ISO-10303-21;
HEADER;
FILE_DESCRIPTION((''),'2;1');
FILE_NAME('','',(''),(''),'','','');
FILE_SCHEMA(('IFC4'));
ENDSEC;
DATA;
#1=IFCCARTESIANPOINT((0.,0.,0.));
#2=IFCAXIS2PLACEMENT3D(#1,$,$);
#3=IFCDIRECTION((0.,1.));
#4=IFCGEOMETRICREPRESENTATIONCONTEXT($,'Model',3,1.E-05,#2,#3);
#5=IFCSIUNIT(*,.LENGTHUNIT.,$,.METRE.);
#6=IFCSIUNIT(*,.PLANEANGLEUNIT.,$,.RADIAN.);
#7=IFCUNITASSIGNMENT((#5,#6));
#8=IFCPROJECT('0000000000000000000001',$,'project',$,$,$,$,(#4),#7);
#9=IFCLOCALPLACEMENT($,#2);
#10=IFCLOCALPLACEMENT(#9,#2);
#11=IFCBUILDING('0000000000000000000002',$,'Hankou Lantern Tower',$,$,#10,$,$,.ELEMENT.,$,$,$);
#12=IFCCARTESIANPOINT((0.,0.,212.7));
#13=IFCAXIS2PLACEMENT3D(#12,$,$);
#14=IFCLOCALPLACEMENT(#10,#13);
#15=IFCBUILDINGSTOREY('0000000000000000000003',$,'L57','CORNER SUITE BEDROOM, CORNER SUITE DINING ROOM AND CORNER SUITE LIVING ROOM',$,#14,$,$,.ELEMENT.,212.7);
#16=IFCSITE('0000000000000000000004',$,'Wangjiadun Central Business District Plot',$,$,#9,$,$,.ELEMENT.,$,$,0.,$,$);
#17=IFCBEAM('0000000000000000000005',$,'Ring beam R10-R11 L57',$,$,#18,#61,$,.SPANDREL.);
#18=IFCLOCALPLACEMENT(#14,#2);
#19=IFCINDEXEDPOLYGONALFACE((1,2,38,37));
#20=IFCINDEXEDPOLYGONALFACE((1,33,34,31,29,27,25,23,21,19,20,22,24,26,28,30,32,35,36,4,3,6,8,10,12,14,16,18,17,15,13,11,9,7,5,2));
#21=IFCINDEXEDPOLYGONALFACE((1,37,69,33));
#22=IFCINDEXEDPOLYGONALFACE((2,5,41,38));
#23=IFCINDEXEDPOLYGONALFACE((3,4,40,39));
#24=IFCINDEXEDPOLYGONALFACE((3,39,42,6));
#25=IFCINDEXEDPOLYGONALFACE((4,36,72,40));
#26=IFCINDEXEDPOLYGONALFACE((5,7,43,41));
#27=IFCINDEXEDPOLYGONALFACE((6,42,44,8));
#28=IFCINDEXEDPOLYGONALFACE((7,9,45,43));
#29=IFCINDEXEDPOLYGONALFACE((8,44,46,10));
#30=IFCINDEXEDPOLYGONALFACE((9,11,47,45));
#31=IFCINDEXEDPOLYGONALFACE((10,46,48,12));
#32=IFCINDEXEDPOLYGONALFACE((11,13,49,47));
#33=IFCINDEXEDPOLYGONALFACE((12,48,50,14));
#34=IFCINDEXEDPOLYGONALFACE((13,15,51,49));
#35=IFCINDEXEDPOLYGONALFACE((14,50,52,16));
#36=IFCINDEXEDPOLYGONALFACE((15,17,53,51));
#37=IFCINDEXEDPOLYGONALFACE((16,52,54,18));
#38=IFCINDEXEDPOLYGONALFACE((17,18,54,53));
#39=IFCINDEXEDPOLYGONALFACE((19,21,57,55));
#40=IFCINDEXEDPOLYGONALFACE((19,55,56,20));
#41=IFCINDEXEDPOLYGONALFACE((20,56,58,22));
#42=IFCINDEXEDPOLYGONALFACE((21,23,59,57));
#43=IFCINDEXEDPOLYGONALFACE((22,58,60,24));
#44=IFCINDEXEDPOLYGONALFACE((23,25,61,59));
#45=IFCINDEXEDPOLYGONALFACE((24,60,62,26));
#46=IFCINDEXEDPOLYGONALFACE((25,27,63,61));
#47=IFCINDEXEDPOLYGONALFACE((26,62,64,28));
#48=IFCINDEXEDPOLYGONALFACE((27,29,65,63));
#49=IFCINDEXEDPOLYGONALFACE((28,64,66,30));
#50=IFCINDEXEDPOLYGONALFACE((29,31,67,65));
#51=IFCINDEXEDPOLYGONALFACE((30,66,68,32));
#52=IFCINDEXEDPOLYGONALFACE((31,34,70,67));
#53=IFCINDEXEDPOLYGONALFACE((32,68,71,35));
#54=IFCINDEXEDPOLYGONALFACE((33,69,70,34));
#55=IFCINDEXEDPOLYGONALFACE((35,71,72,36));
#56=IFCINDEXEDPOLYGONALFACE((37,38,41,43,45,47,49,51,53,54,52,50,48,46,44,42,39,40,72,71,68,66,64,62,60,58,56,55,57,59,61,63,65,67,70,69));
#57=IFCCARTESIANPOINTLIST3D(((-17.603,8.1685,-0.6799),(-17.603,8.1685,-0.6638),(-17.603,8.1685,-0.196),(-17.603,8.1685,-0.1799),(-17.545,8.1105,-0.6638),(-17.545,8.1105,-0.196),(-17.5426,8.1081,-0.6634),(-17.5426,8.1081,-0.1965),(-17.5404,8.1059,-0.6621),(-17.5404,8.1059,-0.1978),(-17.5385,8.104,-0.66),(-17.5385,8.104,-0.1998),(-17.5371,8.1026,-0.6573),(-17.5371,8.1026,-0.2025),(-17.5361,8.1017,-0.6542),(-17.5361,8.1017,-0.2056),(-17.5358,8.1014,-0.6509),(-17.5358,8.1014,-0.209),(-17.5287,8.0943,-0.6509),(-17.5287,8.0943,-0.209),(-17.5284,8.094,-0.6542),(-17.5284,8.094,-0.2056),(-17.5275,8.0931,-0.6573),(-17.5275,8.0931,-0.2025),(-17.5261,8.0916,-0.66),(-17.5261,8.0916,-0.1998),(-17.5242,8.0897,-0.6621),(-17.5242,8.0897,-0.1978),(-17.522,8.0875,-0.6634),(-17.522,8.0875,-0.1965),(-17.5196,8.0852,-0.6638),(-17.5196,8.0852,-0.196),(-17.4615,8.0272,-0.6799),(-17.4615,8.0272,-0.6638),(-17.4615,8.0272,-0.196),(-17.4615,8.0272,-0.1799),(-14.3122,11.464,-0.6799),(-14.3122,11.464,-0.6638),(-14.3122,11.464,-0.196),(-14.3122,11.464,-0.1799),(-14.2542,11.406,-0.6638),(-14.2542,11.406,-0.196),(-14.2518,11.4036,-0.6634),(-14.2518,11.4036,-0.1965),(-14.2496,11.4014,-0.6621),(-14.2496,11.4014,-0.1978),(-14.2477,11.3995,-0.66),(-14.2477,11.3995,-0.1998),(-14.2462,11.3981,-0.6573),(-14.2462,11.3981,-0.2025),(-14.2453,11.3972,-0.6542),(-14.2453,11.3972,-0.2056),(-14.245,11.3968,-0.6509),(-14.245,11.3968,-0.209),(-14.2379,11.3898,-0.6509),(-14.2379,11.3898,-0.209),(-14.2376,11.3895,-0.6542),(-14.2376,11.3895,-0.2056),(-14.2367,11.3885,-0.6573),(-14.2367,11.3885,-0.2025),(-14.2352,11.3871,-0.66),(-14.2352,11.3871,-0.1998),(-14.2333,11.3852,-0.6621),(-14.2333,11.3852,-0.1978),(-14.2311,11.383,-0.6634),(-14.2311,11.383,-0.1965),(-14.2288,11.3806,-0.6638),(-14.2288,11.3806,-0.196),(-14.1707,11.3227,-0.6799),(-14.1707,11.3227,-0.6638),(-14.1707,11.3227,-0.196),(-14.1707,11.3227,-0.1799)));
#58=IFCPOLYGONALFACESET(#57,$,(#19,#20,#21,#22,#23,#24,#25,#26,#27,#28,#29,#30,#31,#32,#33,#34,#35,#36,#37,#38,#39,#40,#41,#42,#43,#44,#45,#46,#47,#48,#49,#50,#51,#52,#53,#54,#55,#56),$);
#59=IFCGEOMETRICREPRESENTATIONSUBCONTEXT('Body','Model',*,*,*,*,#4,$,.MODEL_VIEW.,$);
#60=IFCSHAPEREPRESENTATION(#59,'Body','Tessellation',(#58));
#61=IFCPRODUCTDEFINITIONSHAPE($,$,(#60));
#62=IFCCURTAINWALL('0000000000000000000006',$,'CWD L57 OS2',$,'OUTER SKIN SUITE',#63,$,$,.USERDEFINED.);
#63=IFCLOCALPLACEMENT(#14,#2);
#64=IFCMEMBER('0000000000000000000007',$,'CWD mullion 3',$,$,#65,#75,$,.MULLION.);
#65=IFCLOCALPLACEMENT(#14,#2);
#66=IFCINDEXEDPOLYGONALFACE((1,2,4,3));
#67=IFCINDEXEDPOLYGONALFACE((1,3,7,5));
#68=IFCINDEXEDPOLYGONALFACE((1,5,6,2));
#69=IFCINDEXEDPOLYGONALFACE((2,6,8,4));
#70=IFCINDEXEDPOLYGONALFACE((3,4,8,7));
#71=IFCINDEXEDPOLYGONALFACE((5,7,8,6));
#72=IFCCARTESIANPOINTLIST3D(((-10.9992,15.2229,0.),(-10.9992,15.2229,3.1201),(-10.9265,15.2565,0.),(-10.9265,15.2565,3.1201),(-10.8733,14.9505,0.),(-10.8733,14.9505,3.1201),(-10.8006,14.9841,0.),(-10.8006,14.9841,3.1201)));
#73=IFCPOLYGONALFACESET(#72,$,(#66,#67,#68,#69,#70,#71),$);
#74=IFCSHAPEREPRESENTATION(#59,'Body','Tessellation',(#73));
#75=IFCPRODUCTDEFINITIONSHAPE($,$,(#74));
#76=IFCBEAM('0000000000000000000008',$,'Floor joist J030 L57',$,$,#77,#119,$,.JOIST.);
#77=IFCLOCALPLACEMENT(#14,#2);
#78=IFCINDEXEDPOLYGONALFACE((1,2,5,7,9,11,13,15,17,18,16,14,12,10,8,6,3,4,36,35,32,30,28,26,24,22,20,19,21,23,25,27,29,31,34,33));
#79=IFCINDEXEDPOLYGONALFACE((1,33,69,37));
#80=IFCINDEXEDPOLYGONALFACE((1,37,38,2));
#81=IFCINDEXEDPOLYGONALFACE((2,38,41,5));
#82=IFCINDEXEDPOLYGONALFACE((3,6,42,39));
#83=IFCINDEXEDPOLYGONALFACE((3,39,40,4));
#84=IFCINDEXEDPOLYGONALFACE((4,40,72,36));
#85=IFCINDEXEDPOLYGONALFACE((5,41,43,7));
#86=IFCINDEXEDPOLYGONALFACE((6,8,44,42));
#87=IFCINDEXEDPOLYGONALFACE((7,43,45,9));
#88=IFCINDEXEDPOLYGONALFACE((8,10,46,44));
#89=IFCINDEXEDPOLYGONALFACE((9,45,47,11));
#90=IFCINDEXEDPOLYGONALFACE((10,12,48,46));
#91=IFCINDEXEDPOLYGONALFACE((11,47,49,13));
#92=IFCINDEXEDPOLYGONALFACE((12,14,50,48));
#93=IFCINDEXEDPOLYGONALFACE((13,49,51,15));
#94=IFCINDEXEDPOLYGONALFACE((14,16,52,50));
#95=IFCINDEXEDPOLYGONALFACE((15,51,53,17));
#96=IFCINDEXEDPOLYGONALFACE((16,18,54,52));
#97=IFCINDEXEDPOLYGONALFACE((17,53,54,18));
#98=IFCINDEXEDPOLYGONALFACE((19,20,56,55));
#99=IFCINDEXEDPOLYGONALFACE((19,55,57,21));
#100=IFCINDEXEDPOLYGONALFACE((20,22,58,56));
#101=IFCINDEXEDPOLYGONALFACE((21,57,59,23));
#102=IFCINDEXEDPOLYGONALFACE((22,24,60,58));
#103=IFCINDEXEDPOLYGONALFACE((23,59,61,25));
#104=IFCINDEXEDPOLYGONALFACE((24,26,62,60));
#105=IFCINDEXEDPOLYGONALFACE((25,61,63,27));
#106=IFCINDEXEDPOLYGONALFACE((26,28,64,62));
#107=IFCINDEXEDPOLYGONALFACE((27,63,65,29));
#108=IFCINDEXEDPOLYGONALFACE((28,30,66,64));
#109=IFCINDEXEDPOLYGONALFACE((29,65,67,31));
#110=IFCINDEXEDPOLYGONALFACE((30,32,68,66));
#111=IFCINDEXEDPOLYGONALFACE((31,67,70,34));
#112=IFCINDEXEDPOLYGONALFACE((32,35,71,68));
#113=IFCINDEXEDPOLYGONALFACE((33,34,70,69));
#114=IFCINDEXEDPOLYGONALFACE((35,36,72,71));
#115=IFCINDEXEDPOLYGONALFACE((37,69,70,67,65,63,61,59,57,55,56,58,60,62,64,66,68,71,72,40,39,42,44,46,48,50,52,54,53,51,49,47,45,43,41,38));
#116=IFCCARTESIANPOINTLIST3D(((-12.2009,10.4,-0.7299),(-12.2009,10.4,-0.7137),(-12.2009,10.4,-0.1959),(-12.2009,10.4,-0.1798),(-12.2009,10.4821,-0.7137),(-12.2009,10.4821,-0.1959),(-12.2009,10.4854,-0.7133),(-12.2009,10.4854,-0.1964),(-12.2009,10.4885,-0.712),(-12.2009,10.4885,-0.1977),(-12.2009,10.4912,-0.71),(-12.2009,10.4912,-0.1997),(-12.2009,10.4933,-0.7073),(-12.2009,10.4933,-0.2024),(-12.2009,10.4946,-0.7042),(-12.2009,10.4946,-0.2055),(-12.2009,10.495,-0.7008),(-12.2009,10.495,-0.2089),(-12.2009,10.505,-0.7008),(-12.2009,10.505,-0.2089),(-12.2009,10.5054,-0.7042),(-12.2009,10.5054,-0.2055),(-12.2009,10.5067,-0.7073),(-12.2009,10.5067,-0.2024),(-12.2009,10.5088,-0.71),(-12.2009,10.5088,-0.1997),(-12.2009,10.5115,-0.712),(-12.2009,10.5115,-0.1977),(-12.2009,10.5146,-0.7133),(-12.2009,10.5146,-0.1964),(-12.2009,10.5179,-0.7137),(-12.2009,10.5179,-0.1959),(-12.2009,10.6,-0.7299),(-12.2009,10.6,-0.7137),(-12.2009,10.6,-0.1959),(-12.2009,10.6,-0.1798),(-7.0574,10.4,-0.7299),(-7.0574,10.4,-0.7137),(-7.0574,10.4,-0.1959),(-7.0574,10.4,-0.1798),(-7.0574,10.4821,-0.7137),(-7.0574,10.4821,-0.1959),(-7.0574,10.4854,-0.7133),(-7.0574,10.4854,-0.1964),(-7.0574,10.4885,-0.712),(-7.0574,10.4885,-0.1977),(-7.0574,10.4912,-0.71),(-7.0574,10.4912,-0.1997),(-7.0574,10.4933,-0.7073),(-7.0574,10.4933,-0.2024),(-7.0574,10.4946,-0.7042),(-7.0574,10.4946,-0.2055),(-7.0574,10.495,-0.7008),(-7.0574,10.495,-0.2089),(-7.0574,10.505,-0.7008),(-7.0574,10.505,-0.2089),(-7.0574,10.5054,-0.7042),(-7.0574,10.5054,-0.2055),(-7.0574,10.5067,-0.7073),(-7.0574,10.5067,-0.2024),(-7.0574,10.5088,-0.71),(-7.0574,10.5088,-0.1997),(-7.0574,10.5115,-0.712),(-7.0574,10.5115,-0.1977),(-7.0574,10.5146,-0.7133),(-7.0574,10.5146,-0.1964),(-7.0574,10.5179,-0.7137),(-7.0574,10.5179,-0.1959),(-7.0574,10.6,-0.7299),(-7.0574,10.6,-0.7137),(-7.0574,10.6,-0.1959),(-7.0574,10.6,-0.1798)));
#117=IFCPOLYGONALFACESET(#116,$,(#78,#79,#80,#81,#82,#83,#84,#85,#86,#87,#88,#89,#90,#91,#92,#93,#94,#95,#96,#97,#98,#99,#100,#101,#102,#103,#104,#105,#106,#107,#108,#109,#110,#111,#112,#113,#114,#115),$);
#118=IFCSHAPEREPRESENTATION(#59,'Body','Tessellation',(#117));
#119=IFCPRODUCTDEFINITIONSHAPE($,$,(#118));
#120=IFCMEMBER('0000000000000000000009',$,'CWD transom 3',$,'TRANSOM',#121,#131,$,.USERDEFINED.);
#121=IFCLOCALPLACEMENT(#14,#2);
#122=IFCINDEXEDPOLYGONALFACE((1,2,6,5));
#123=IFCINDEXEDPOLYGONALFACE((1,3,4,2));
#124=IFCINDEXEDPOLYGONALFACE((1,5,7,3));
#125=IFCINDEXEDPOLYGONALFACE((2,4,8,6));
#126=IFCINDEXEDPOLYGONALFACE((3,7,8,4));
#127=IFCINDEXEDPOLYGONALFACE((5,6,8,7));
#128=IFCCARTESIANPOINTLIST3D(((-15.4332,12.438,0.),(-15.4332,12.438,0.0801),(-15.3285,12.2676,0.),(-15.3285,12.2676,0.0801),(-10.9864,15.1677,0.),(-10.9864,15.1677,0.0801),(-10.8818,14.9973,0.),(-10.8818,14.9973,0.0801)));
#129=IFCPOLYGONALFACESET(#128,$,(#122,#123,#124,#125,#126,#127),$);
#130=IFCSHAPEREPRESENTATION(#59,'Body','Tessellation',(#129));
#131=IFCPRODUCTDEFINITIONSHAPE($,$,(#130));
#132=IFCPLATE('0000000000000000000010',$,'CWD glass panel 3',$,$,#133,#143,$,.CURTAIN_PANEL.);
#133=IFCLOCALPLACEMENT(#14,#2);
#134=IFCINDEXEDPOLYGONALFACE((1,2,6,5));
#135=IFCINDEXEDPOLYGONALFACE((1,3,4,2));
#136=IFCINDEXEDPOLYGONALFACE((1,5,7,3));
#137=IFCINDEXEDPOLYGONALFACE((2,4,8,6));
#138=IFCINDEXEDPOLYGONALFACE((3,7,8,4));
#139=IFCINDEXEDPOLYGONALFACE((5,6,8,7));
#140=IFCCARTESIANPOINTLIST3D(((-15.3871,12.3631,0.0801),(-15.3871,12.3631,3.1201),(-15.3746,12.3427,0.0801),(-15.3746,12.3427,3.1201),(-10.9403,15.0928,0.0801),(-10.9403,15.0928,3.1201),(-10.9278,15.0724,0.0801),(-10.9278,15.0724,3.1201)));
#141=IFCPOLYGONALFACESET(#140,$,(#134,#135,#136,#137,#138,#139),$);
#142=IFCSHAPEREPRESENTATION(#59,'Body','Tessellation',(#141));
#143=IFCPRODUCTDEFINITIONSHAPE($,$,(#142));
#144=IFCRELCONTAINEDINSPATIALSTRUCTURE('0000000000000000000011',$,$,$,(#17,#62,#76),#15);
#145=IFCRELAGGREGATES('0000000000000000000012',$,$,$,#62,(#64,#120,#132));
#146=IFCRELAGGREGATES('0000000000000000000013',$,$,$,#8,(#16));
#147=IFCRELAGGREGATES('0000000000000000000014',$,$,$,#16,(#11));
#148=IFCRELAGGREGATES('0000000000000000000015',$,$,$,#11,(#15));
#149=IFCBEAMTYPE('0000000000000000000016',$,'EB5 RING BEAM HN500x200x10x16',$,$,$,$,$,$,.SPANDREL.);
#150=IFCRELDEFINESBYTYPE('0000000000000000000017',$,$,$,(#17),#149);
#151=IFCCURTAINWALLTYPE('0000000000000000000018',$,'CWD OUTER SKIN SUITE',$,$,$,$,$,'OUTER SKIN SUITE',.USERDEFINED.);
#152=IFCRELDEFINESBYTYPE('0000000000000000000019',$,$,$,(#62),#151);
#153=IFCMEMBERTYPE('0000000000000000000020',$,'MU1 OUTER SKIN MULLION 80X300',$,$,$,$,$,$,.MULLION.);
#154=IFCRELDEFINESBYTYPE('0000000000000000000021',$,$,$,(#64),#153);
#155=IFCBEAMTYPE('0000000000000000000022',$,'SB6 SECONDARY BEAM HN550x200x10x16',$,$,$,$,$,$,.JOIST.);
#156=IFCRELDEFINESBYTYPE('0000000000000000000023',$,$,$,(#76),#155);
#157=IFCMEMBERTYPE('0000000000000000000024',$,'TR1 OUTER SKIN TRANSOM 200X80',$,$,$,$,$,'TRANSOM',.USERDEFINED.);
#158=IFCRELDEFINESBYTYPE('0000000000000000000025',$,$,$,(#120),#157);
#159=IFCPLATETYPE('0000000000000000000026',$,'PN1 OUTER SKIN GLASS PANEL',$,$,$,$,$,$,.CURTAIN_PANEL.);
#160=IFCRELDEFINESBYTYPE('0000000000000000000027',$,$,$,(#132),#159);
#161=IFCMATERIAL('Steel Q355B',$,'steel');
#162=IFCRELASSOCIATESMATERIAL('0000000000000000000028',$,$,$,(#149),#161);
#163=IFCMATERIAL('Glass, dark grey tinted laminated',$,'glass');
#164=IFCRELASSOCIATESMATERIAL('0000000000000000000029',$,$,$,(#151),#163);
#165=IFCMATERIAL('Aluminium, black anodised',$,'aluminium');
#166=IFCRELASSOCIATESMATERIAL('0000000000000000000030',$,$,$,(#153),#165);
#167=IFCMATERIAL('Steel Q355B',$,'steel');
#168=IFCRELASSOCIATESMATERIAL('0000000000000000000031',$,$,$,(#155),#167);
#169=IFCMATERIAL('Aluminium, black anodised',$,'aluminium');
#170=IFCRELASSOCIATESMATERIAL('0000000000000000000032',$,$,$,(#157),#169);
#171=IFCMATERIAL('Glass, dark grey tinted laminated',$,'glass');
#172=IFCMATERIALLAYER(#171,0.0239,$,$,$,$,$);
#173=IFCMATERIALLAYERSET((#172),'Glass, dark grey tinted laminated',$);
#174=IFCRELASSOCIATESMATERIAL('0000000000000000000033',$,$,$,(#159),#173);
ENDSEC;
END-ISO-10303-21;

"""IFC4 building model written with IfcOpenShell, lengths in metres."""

from ifc_helpers import new_model, si_unit, direction, frame, origin, origin_2d, place, context, subcontext, project, spatial, rectangle, i_section, extrude, material, layer, layer_set, material_profile, profile_set, type_object, element, aggregate, save


model = new_model("IFC4")

# Units and contexts
model_context = context("Model", 3, precision=1e-05, world=origin(), true_north=direction((0.0, 1.0)))
body_context = subcontext(model_context, "Body", "Model", "MODEL_VIEW")
ifc_project = project(units=[si_unit("LENGTHUNIT", "METRE"), si_unit("PLANEANGLEUNIT", "RADIAN")], contexts=[model_context])

# Site, building, storey
site_placement = place(None, origin())
site = spatial("IfcSite", under=ifc_project, at=site_placement, Name="Wangjiadun Central Business District Plot", CompositionType="ELEMENT", RefElevation=0.0)
building_placement = place(site_placement, origin())
building = spatial("IfcBuilding", under=site, at=building_placement, Name="Hankou Lantern Tower", CompositionType="ELEMENT")
storey_placement = place(building_placement, frame((0.0, 0.0, 212.7)))
storey = spatial("IfcBuildingStorey", under=building, at=storey_placement, Name="L57", Description="CORNER SUITE BEDROOM, CORNER SUITE DINING ROOM AND CORNER SUITE LIVING ROOM", CompositionType="ELEMENT", Elevation=212.7)

# Beam
ifc_material_1 = material(Name="Steel Q355B", Category="steel")
ifc_material_profile_1 = material_profile(ifc_material_1, i_section(OverallWidth=0.2, OverallDepth=0.5, WebThickness=0.01, FlangeThickness=0.0161, FilletRadius=0.0129, at=origin_2d()), Name="HN500x200x10x16")
ifc_profile_set_1 = profile_set([ifc_material_profile_1], Name="Steel Q355B")
beam_type_1 = type_object("IfcBeamType", Name="EB5 RING BEAM HN500x200x10x16", PredefinedType="SPANDREL", material=ifc_profile_set_1)
beam_1_placement = place(storey_placement, frame((-14.2415, 11.3933, -0.4299), z_axis=(-0.706609, -0.707605, 0.0), x_axis=(0.707605, -0.706609, 0.0)))
element("IfcBeam", 1, at=beam_1_placement, inside=storey, type_object=beam_type_1, Name="Ring beam R10-R11 L57", PredefinedType="SPANDREL", context=body_context, shape_type="SweptSolid", body=[
    extrude(i_section(OverallWidth=0.2, OverallDepth=0.5, WebThickness=0.01, FlangeThickness=0.0161, FilletRadius=0.0129, at=origin_2d()), origin(), (0.0, 0.0, 1.0), 4.6572),
])

# Curtain wall, member
ifc_material_2 = material(Name="Glass, dark grey tinted laminated", Category="glass")
curtain_wall_type = type_object("IfcCurtainWallType", Name="CWD OUTER SKIN SUITE", ElementType="OUTER SKIN SUITE", PredefinedType="USERDEFINED", material=ifc_material_2)
curtain_wall_placement = place(storey_placement, origin())
curtain_wall = element("IfcCurtainWall", 2, at=curtain_wall_placement, inside=storey, type_object=curtain_wall_type, Name="CWD L57 OS2", ObjectType="OUTER SKIN SUITE", PredefinedType="USERDEFINED")
ifc_material_3 = material(Name="Aluminium, black anodised", Category="aluminium")
ifc_material_profile_2 = material_profile(ifc_material_3, rectangle(XDim=0.0801, YDim=0.3, at=origin_2d()), Name="MU1 80X300")
ifc_profile_set_2 = profile_set([ifc_material_profile_2], Name="Aluminium, black anodised")
member_type_1 = type_object("IfcMemberType", Name="MU1 OUTER SKIN MULLION 80X300", PredefinedType="MULLION", material=ifc_profile_set_2)
member_1_placement = place(storey_placement, frame((-10.8999, 15.1035, 0.0), z_axis=(0.0, 0.0, 1.0), x_axis=(-0.907841, -0.419314, 0.0)))
member_1 = element("IfcMember", 3, at=member_1_placement, type_object=member_type_1, Name="CWD mullion 3", PredefinedType="MULLION", context=body_context, shape_type="SweptSolid", body=[
    extrude(rectangle(XDim=0.0801, YDim=0.3, at=origin_2d()), origin(), (0.0, 0.0, 1.0), 3.1201),
])

# Beam
ifc_material_4 = material(Name="Steel Q355B", Category="steel")
ifc_material_profile_3 = material_profile(ifc_material_4, i_section(OverallWidth=0.2, OverallDepth=0.55, WebThickness=0.01, FlangeThickness=0.0161, FilletRadius=0.0129, at=origin_2d()), Name="HN550x200x10x16")
ifc_profile_set_3 = profile_set([ifc_material_profile_3], Name="Steel Q355B")
beam_type_2 = type_object("IfcBeamType", Name="SB6 SECONDARY BEAM HN550x200x10x16", PredefinedType="JOIST", material=ifc_profile_set_3)
beam_2_placement = place(storey_placement, frame((-12.2009, 10.5, -0.4548), z_axis=(1.0, 0.0, 0.0), x_axis=(0.0, 1.0, 0.0)))
element("IfcBeam", 4, at=beam_2_placement, inside=storey, type_object=beam_type_2, Name="Floor joist J030 L57", PredefinedType="JOIST", context=body_context, shape_type="SweptSolid", body=[
    extrude(i_section(OverallWidth=0.2, OverallDepth=0.55, WebThickness=0.01, FlangeThickness=0.0161, FilletRadius=0.0129, at=origin_2d()), origin(), (0.0, 0.0, 1.0), 5.1436),
])

# Member
ifc_material_5 = material(Name="Aluminium, black anodised", Category="aluminium")
ifc_material_profile_4 = material_profile(ifc_material_5, rectangle(XDim=0.2, YDim=0.0801, at=origin_2d()), Name="TR1 200X80")
ifc_profile_set_4 = profile_set([ifc_material_profile_4], Name="Aluminium, black anodised")
member_type_2 = type_object("IfcMemberType", Name="TR1 OUTER SKIN TRANSOM 200X80", ElementType="TRANSOM", PredefinedType="USERDEFINED", material=ifc_profile_set_4)
member_2_placement = place(storey_placement, frame((-10.9341, 15.0825, 0.04), z_axis=(-0.852235, -0.52316, 0.0), x_axis=(0.52316, -0.852235, 0.0)))
member_2 = element("IfcMember", 5, at=member_2_placement, type_object=member_type_2, Name="CWD transom 3", ObjectType="TRANSOM", PredefinedType="USERDEFINED", context=body_context, shape_type="SweptSolid", body=[
    extrude(rectangle(XDim=0.2, YDim=0.0801, at=origin_2d()), origin(), (0.0, 0.0, 1.0), 5.2178),
])

# Plate
ifc_material_6 = material(Name="Glass, dark grey tinted laminated", Category="glass")
ifc_layer_1 = layer(ifc_material_6, 0.0239)
ifc_layer_set_1 = layer_set([ifc_layer_1], Name="Glass, dark grey tinted laminated")
plate_type = type_object("IfcPlateType", Name="PN1 OUTER SKIN GLASS PANEL", PredefinedType="CURTAIN_PANEL", material=ifc_layer_set_1)
plate_placement = place(storey_placement, frame((-13.1575, 13.7178, 0.0801), z_axis=(0.0, 0.0, 1.0), x_axis=(-0.852237, -0.523156, 0.0)))
plate = element("IfcPlate", 6, at=plate_placement, type_object=plate_type, Name="CWD glass panel 3", PredefinedType="CURTAIN_PANEL", context=body_context, shape_type="SweptSolid", body=[
    extrude(rectangle(XDim=5.2178, YDim=0.0239, at=origin_2d()), origin(), (0.0, 0.0, 1.0), 3.04),
])
aggregate(curtain_wall, [member_1, member_2, plate])

save(model, "model.ifc")
